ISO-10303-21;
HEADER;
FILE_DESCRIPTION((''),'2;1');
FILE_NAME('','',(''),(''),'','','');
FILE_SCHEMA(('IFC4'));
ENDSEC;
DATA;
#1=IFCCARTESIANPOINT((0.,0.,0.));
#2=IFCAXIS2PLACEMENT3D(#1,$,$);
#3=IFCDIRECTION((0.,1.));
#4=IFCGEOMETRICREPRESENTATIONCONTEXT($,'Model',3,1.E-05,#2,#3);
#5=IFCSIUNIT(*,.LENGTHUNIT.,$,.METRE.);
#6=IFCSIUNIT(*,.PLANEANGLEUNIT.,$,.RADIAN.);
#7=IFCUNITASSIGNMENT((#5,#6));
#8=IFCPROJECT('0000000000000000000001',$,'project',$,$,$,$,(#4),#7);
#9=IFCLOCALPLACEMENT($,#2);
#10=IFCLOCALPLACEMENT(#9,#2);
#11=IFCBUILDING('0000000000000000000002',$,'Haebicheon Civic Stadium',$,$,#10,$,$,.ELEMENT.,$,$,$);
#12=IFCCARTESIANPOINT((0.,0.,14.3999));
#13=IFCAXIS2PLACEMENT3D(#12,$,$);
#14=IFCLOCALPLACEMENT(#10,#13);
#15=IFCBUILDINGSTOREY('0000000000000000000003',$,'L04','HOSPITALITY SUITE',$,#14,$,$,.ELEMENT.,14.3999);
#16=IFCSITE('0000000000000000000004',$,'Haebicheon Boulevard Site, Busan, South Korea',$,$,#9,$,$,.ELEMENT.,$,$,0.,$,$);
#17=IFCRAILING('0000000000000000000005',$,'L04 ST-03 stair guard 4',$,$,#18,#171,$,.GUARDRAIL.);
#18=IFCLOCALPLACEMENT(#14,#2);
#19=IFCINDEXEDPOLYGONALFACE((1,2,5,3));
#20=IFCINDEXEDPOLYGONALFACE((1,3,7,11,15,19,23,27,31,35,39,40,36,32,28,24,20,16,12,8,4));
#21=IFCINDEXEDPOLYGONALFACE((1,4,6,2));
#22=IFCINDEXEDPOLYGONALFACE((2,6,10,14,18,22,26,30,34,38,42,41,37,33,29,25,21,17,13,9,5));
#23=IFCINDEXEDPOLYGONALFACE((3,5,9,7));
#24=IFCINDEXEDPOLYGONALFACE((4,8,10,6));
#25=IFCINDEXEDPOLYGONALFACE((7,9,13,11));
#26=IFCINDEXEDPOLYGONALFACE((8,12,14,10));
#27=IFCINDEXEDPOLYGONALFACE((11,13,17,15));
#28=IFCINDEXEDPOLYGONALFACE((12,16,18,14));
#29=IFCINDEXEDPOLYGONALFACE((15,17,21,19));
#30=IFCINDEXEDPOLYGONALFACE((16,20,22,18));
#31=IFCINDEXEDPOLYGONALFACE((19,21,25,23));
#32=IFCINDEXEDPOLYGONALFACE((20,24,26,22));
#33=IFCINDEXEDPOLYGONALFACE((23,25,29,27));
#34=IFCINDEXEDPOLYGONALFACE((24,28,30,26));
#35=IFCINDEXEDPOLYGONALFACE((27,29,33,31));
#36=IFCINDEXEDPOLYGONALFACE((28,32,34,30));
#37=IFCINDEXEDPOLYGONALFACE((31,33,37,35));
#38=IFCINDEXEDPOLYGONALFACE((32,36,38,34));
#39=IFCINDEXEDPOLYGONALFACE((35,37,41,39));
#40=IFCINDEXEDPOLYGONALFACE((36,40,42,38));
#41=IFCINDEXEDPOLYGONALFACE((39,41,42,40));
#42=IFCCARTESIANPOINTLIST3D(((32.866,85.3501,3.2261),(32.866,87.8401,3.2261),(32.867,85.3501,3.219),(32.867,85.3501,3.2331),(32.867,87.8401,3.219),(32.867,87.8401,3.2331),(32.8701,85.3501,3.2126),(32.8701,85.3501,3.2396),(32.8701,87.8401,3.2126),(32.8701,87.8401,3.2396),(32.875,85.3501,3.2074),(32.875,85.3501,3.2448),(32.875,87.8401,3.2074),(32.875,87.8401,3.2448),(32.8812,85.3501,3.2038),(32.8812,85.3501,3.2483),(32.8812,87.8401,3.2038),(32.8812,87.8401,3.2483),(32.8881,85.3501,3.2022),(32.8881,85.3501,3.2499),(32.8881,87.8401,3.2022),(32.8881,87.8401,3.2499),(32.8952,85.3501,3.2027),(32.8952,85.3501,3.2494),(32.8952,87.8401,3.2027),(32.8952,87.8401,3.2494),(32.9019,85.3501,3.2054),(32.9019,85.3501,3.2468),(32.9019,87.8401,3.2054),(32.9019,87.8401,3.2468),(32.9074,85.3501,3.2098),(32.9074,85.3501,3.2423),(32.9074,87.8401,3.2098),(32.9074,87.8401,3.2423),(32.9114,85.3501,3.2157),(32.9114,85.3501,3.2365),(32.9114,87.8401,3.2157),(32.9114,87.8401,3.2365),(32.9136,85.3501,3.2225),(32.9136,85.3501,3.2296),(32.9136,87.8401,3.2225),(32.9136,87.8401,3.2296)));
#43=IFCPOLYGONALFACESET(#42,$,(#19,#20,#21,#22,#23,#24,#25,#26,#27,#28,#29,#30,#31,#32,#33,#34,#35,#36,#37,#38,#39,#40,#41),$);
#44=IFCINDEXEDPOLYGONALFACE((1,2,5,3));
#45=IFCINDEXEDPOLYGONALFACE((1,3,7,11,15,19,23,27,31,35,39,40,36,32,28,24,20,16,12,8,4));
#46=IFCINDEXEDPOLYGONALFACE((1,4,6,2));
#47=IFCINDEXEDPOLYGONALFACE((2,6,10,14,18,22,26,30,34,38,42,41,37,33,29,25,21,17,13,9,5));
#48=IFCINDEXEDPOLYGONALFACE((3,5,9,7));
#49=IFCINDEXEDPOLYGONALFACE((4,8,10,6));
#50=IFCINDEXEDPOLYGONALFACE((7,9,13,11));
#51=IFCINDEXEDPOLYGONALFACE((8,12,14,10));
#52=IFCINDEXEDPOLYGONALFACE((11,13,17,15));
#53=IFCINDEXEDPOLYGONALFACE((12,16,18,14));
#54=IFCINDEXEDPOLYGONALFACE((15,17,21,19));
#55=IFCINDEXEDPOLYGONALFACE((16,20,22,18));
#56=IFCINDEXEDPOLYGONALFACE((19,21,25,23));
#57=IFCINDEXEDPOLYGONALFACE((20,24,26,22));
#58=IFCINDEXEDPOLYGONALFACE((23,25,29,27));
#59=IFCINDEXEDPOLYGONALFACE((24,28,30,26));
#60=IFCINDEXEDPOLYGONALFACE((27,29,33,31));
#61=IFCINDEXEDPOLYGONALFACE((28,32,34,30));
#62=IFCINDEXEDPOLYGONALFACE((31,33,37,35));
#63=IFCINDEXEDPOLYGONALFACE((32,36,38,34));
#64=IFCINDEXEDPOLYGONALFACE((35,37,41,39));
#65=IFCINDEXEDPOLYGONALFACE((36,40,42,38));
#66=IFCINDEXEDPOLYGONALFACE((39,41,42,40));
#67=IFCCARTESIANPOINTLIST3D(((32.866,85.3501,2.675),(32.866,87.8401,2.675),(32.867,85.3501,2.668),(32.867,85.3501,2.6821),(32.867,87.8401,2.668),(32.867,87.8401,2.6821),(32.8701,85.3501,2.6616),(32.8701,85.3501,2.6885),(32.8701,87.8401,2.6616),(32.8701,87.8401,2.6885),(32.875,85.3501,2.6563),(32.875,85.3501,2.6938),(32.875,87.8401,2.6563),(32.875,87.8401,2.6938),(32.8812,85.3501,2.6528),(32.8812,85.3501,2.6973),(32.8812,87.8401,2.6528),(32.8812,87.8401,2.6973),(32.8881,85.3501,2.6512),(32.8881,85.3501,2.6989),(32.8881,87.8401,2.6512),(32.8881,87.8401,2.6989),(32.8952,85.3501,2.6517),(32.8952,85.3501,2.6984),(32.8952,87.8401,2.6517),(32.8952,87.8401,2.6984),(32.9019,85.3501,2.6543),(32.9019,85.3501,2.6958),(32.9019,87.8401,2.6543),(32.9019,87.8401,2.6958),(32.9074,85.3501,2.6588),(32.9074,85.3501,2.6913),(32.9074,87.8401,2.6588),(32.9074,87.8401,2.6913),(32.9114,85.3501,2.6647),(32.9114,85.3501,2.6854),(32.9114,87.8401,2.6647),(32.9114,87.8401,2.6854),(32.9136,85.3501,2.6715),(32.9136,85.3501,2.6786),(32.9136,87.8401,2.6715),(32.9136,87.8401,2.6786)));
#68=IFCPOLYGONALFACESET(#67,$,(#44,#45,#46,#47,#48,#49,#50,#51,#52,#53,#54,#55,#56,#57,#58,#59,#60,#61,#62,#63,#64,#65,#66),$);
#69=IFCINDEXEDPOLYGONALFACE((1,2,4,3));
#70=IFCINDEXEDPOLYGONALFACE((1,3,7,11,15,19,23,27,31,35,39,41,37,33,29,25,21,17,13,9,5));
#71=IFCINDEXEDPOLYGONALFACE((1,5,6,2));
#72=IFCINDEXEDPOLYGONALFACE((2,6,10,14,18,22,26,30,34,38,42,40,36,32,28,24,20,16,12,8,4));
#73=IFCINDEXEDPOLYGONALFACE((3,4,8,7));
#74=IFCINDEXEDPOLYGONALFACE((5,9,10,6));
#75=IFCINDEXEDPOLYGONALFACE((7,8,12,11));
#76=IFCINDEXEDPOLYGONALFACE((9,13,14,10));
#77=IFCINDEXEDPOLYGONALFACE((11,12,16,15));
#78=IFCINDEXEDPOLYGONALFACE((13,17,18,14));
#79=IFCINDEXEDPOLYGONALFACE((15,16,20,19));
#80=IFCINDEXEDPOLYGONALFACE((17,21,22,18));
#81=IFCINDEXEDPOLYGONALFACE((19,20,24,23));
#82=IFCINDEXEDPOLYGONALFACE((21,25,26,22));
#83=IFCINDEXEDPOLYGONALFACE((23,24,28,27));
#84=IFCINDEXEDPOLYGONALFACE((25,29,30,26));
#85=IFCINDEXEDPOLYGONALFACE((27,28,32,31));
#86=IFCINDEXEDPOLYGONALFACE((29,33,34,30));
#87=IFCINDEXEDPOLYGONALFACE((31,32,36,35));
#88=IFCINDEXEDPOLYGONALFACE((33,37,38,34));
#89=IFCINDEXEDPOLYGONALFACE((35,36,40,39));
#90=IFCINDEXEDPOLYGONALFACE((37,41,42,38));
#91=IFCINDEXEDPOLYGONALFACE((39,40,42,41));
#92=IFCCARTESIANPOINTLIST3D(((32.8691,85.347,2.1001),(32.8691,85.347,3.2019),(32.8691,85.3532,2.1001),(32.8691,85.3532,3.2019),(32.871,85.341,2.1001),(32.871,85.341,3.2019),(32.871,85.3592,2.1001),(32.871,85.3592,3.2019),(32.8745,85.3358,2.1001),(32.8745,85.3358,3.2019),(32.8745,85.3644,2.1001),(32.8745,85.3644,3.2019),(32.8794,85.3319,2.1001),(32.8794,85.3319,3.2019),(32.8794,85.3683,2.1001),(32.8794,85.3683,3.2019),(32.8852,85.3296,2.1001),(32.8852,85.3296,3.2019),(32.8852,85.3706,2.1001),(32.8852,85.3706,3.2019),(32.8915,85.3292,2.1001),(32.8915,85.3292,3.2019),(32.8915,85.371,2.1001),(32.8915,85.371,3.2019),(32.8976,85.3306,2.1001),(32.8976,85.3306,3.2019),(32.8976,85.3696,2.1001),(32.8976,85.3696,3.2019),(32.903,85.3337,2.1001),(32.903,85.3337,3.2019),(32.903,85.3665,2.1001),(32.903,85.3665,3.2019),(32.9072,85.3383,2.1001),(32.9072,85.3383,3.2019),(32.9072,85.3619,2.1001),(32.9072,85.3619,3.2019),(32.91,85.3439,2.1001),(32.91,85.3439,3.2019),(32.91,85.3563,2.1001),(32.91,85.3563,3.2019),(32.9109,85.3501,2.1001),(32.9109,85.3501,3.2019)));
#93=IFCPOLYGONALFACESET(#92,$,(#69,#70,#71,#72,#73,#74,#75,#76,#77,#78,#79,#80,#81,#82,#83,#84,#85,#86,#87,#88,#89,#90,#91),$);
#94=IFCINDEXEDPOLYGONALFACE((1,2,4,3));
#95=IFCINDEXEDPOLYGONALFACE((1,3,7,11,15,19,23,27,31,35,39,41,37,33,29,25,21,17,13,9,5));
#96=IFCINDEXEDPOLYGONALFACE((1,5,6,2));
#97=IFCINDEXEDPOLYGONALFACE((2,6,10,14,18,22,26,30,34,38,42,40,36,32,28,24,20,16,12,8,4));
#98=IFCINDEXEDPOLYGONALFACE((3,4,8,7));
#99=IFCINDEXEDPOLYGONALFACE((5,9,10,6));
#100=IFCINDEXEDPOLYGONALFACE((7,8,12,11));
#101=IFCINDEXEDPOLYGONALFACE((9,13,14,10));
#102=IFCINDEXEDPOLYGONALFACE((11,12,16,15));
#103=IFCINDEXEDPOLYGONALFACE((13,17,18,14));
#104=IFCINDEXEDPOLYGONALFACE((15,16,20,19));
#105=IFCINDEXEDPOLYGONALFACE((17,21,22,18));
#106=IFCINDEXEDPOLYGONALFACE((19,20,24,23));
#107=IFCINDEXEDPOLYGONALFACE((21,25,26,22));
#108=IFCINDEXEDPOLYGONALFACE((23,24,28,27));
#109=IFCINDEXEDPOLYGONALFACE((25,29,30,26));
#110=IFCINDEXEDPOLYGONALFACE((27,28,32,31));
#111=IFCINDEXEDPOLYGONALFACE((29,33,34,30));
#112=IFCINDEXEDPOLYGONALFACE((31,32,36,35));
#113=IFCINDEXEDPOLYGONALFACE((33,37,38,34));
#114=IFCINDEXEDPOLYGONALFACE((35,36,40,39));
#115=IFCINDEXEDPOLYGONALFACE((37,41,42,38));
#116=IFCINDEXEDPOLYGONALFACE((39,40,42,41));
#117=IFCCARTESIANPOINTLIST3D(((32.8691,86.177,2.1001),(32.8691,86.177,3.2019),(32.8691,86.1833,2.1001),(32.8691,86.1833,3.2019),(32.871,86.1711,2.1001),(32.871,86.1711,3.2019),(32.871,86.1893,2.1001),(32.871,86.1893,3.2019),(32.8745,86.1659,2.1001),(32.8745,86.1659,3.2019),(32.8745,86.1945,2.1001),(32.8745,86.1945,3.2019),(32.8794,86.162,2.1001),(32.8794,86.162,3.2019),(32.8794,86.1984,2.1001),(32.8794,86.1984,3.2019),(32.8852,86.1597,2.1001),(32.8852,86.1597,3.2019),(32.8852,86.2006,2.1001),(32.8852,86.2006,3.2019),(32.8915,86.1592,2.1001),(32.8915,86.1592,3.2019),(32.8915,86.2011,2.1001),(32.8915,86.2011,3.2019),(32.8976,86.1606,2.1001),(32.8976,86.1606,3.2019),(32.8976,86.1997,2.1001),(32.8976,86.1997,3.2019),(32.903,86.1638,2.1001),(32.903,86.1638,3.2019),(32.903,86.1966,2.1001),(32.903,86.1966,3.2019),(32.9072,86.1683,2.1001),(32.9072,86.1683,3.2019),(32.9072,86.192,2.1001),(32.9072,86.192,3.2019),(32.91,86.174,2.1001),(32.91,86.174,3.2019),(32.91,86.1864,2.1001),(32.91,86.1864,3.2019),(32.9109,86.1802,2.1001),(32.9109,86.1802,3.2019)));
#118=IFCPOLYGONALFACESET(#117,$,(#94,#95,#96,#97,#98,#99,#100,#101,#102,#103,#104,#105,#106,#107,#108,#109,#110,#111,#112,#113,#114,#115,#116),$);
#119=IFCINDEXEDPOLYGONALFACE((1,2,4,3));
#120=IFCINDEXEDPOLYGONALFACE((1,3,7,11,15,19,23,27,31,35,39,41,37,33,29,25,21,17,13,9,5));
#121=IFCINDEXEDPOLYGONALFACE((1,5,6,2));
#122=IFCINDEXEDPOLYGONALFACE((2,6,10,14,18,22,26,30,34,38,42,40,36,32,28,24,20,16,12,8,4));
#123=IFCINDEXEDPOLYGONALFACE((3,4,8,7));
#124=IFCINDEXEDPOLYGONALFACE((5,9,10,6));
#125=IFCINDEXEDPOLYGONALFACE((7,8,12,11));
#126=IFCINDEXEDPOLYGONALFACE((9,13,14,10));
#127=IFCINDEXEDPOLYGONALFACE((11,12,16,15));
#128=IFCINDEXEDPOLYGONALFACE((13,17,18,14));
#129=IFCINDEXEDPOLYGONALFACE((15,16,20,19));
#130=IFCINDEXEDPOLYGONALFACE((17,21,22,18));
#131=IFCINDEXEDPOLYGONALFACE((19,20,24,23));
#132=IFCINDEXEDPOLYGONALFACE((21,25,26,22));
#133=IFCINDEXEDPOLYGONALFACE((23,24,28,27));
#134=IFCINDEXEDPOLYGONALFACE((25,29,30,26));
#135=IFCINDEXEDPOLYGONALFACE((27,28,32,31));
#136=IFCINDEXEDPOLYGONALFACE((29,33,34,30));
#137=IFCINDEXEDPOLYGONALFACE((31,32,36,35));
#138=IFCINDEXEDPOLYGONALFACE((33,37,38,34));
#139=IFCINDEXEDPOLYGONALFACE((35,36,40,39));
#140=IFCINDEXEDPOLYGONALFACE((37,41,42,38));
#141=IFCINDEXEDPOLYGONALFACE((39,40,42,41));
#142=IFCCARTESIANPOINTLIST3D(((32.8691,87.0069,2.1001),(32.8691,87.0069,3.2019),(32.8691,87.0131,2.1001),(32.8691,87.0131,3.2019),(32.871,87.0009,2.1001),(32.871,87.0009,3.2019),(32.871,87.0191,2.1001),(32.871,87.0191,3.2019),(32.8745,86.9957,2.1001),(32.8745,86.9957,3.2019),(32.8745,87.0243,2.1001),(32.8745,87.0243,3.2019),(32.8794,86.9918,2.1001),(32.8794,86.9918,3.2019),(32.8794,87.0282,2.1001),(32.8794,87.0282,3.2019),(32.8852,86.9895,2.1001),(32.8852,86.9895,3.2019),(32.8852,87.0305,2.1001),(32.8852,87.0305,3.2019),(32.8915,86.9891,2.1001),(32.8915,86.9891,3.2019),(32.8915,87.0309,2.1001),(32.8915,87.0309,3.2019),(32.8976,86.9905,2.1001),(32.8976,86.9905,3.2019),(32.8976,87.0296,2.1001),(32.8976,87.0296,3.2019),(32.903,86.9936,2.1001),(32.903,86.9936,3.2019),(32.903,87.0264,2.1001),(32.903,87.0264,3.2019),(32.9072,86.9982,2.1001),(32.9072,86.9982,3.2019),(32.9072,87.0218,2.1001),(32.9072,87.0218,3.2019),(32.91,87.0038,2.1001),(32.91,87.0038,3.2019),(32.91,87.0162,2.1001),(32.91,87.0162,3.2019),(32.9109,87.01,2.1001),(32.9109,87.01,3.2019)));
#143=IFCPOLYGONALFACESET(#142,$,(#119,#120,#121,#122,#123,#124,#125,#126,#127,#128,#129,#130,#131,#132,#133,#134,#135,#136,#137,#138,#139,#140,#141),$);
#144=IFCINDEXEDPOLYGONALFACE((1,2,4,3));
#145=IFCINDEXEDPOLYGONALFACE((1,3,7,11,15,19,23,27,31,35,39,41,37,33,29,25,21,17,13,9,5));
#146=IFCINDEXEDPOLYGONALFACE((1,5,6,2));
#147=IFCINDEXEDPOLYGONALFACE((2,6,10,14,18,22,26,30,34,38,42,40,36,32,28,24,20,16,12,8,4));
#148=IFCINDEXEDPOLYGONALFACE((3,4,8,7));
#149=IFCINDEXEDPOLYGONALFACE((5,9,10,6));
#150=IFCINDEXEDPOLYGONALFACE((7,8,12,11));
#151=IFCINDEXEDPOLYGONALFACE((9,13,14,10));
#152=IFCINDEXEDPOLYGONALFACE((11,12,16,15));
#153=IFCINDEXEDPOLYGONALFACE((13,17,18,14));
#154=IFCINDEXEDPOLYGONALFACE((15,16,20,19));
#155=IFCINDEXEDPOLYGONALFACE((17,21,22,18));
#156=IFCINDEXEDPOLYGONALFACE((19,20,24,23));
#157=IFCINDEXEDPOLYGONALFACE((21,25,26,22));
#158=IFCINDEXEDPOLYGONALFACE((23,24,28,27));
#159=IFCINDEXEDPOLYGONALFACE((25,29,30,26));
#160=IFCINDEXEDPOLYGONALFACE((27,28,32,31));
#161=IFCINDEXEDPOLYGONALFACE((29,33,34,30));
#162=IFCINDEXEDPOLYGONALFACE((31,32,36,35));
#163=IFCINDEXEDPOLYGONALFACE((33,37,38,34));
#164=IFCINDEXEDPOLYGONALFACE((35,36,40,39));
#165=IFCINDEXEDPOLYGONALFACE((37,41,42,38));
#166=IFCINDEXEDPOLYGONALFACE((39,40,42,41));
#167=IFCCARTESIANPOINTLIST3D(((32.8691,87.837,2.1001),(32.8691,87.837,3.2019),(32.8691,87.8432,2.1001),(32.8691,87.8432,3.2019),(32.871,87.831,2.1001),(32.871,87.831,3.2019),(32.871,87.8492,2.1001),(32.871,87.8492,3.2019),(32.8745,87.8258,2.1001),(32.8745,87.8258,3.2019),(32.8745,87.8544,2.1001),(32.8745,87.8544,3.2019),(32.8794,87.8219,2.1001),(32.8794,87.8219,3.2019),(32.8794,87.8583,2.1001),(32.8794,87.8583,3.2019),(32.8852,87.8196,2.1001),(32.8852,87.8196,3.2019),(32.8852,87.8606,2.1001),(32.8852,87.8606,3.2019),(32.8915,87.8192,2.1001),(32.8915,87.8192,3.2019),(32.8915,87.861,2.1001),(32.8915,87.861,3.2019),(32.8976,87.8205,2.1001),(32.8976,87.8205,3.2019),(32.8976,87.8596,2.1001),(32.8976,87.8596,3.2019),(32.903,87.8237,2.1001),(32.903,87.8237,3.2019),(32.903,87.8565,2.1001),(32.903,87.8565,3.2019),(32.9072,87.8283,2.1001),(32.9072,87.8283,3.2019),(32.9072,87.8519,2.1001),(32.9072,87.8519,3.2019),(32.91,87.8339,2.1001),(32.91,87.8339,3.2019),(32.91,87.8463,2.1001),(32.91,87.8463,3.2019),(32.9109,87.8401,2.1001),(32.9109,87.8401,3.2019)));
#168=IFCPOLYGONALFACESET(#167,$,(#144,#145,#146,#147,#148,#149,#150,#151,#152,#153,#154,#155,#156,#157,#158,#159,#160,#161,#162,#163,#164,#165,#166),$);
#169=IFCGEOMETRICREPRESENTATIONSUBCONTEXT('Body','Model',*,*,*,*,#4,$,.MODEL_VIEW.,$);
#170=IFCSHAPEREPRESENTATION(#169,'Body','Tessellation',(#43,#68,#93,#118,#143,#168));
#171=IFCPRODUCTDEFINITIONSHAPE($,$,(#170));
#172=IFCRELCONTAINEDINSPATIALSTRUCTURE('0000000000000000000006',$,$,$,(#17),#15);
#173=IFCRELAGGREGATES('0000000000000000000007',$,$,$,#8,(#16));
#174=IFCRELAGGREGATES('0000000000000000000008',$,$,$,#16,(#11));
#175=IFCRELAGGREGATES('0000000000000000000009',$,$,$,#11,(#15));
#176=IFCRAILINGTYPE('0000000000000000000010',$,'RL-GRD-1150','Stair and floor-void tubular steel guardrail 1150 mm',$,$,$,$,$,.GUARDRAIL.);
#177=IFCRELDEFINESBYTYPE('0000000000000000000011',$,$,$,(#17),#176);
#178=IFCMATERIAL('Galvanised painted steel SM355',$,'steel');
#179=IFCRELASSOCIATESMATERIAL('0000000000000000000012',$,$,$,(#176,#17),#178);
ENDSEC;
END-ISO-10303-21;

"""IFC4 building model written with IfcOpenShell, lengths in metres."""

from ifc_helpers import new_model, si_unit, direction, frame, origin, origin_2d, place, context, subcontext, project, spatial, circle, extrude, material, type_object, element, save


model = new_model("IFC4")

# Units and contexts
model_context = context("Model", 3, precision=1e-05, world=origin(), true_north=direction((0.0, 1.0)))
body_context = subcontext(model_context, "Body", "Model", "MODEL_VIEW")
ifc_project = project(units=[si_unit("LENGTHUNIT", "METRE"), si_unit("PLANEANGLEUNIT", "RADIAN")], contexts=[model_context])

# Site, building, storey
site_placement = place(None, origin())
site = spatial("IfcSite", under=ifc_project, at=site_placement, Name="Haebicheon Boulevard Site, Busan, South Korea", CompositionType="ELEMENT", RefElevation=0.0)
building_placement = place(site_placement, origin())
building = spatial("IfcBuilding", under=site, at=building_placement, Name="Haebicheon Civic Stadium", CompositionType="ELEMENT")
storey_placement = place(building_placement, frame((0.0, 0.0, 14.3999)))
storey = spatial("IfcBuildingStorey", under=building, at=storey_placement, Name="L04", Description="HOSPITALITY SUITE", CompositionType="ELEMENT", Elevation=14.3999)

# Railing
ifc_material_1 = material(Name="Galvanised painted steel SM355", Category="steel")
railing_type_1 = type_object("IfcRailingType", Name="RL-GRD-1150", Description="Stair and floor-void tubular steel guardrail 1150 mm", PredefinedType="GUARDRAIL", material=ifc_material_1)
railing_1_placement = place(storey_placement, frame((32.8899, 85.3501, 2.1001)))
element("IfcRailing", 1, at=railing_1_placement, inside=storey, type_object=railing_type_1, material=ifc_material_1, Name="L04 ST-03 stair guard 4", PredefinedType="GUARDRAIL", context=body_context, shape_type="SweptSolid", body=[
    extrude(circle(Radius=0.0239, at=origin_2d()), frame((0.0, 0.0, 1.126), z_axis=(0.0, 1.0, 0.0), x_axis=(-1.0, 0.0, 0.0)), (0.0, 0.0, 1.0), 2.49),
    extrude(circle(Radius=0.0239, at=origin_2d()), frame((0.0, 0.0, 0.575), z_axis=(0.0, 1.0, 0.0), x_axis=(-1.0, 0.0, 0.0)), (0.0, 0.0, 1.0), 2.49),
    extrude(circle(Radius=0.021, at=origin_2d()), origin(), (0.0, 0.0, 1.0), 1.1018),
    extrude(circle(Radius=0.021, at=origin_2d()), frame((0.0, 0.8301, 0.0)), (0.0, 0.0, 1.0), 1.1018),
    extrude(circle(Radius=0.021, at=origin_2d()), frame((0.0, 1.6599, 0.0)), (0.0, 0.0, 1.0), 1.1018),
    extrude(circle(Radius=0.021, at=origin_2d()), frame((0.0, 2.49, 0.0)), (0.0, 0.0, 1.0), 1.1018),
])

save(model, "model.ifc")
